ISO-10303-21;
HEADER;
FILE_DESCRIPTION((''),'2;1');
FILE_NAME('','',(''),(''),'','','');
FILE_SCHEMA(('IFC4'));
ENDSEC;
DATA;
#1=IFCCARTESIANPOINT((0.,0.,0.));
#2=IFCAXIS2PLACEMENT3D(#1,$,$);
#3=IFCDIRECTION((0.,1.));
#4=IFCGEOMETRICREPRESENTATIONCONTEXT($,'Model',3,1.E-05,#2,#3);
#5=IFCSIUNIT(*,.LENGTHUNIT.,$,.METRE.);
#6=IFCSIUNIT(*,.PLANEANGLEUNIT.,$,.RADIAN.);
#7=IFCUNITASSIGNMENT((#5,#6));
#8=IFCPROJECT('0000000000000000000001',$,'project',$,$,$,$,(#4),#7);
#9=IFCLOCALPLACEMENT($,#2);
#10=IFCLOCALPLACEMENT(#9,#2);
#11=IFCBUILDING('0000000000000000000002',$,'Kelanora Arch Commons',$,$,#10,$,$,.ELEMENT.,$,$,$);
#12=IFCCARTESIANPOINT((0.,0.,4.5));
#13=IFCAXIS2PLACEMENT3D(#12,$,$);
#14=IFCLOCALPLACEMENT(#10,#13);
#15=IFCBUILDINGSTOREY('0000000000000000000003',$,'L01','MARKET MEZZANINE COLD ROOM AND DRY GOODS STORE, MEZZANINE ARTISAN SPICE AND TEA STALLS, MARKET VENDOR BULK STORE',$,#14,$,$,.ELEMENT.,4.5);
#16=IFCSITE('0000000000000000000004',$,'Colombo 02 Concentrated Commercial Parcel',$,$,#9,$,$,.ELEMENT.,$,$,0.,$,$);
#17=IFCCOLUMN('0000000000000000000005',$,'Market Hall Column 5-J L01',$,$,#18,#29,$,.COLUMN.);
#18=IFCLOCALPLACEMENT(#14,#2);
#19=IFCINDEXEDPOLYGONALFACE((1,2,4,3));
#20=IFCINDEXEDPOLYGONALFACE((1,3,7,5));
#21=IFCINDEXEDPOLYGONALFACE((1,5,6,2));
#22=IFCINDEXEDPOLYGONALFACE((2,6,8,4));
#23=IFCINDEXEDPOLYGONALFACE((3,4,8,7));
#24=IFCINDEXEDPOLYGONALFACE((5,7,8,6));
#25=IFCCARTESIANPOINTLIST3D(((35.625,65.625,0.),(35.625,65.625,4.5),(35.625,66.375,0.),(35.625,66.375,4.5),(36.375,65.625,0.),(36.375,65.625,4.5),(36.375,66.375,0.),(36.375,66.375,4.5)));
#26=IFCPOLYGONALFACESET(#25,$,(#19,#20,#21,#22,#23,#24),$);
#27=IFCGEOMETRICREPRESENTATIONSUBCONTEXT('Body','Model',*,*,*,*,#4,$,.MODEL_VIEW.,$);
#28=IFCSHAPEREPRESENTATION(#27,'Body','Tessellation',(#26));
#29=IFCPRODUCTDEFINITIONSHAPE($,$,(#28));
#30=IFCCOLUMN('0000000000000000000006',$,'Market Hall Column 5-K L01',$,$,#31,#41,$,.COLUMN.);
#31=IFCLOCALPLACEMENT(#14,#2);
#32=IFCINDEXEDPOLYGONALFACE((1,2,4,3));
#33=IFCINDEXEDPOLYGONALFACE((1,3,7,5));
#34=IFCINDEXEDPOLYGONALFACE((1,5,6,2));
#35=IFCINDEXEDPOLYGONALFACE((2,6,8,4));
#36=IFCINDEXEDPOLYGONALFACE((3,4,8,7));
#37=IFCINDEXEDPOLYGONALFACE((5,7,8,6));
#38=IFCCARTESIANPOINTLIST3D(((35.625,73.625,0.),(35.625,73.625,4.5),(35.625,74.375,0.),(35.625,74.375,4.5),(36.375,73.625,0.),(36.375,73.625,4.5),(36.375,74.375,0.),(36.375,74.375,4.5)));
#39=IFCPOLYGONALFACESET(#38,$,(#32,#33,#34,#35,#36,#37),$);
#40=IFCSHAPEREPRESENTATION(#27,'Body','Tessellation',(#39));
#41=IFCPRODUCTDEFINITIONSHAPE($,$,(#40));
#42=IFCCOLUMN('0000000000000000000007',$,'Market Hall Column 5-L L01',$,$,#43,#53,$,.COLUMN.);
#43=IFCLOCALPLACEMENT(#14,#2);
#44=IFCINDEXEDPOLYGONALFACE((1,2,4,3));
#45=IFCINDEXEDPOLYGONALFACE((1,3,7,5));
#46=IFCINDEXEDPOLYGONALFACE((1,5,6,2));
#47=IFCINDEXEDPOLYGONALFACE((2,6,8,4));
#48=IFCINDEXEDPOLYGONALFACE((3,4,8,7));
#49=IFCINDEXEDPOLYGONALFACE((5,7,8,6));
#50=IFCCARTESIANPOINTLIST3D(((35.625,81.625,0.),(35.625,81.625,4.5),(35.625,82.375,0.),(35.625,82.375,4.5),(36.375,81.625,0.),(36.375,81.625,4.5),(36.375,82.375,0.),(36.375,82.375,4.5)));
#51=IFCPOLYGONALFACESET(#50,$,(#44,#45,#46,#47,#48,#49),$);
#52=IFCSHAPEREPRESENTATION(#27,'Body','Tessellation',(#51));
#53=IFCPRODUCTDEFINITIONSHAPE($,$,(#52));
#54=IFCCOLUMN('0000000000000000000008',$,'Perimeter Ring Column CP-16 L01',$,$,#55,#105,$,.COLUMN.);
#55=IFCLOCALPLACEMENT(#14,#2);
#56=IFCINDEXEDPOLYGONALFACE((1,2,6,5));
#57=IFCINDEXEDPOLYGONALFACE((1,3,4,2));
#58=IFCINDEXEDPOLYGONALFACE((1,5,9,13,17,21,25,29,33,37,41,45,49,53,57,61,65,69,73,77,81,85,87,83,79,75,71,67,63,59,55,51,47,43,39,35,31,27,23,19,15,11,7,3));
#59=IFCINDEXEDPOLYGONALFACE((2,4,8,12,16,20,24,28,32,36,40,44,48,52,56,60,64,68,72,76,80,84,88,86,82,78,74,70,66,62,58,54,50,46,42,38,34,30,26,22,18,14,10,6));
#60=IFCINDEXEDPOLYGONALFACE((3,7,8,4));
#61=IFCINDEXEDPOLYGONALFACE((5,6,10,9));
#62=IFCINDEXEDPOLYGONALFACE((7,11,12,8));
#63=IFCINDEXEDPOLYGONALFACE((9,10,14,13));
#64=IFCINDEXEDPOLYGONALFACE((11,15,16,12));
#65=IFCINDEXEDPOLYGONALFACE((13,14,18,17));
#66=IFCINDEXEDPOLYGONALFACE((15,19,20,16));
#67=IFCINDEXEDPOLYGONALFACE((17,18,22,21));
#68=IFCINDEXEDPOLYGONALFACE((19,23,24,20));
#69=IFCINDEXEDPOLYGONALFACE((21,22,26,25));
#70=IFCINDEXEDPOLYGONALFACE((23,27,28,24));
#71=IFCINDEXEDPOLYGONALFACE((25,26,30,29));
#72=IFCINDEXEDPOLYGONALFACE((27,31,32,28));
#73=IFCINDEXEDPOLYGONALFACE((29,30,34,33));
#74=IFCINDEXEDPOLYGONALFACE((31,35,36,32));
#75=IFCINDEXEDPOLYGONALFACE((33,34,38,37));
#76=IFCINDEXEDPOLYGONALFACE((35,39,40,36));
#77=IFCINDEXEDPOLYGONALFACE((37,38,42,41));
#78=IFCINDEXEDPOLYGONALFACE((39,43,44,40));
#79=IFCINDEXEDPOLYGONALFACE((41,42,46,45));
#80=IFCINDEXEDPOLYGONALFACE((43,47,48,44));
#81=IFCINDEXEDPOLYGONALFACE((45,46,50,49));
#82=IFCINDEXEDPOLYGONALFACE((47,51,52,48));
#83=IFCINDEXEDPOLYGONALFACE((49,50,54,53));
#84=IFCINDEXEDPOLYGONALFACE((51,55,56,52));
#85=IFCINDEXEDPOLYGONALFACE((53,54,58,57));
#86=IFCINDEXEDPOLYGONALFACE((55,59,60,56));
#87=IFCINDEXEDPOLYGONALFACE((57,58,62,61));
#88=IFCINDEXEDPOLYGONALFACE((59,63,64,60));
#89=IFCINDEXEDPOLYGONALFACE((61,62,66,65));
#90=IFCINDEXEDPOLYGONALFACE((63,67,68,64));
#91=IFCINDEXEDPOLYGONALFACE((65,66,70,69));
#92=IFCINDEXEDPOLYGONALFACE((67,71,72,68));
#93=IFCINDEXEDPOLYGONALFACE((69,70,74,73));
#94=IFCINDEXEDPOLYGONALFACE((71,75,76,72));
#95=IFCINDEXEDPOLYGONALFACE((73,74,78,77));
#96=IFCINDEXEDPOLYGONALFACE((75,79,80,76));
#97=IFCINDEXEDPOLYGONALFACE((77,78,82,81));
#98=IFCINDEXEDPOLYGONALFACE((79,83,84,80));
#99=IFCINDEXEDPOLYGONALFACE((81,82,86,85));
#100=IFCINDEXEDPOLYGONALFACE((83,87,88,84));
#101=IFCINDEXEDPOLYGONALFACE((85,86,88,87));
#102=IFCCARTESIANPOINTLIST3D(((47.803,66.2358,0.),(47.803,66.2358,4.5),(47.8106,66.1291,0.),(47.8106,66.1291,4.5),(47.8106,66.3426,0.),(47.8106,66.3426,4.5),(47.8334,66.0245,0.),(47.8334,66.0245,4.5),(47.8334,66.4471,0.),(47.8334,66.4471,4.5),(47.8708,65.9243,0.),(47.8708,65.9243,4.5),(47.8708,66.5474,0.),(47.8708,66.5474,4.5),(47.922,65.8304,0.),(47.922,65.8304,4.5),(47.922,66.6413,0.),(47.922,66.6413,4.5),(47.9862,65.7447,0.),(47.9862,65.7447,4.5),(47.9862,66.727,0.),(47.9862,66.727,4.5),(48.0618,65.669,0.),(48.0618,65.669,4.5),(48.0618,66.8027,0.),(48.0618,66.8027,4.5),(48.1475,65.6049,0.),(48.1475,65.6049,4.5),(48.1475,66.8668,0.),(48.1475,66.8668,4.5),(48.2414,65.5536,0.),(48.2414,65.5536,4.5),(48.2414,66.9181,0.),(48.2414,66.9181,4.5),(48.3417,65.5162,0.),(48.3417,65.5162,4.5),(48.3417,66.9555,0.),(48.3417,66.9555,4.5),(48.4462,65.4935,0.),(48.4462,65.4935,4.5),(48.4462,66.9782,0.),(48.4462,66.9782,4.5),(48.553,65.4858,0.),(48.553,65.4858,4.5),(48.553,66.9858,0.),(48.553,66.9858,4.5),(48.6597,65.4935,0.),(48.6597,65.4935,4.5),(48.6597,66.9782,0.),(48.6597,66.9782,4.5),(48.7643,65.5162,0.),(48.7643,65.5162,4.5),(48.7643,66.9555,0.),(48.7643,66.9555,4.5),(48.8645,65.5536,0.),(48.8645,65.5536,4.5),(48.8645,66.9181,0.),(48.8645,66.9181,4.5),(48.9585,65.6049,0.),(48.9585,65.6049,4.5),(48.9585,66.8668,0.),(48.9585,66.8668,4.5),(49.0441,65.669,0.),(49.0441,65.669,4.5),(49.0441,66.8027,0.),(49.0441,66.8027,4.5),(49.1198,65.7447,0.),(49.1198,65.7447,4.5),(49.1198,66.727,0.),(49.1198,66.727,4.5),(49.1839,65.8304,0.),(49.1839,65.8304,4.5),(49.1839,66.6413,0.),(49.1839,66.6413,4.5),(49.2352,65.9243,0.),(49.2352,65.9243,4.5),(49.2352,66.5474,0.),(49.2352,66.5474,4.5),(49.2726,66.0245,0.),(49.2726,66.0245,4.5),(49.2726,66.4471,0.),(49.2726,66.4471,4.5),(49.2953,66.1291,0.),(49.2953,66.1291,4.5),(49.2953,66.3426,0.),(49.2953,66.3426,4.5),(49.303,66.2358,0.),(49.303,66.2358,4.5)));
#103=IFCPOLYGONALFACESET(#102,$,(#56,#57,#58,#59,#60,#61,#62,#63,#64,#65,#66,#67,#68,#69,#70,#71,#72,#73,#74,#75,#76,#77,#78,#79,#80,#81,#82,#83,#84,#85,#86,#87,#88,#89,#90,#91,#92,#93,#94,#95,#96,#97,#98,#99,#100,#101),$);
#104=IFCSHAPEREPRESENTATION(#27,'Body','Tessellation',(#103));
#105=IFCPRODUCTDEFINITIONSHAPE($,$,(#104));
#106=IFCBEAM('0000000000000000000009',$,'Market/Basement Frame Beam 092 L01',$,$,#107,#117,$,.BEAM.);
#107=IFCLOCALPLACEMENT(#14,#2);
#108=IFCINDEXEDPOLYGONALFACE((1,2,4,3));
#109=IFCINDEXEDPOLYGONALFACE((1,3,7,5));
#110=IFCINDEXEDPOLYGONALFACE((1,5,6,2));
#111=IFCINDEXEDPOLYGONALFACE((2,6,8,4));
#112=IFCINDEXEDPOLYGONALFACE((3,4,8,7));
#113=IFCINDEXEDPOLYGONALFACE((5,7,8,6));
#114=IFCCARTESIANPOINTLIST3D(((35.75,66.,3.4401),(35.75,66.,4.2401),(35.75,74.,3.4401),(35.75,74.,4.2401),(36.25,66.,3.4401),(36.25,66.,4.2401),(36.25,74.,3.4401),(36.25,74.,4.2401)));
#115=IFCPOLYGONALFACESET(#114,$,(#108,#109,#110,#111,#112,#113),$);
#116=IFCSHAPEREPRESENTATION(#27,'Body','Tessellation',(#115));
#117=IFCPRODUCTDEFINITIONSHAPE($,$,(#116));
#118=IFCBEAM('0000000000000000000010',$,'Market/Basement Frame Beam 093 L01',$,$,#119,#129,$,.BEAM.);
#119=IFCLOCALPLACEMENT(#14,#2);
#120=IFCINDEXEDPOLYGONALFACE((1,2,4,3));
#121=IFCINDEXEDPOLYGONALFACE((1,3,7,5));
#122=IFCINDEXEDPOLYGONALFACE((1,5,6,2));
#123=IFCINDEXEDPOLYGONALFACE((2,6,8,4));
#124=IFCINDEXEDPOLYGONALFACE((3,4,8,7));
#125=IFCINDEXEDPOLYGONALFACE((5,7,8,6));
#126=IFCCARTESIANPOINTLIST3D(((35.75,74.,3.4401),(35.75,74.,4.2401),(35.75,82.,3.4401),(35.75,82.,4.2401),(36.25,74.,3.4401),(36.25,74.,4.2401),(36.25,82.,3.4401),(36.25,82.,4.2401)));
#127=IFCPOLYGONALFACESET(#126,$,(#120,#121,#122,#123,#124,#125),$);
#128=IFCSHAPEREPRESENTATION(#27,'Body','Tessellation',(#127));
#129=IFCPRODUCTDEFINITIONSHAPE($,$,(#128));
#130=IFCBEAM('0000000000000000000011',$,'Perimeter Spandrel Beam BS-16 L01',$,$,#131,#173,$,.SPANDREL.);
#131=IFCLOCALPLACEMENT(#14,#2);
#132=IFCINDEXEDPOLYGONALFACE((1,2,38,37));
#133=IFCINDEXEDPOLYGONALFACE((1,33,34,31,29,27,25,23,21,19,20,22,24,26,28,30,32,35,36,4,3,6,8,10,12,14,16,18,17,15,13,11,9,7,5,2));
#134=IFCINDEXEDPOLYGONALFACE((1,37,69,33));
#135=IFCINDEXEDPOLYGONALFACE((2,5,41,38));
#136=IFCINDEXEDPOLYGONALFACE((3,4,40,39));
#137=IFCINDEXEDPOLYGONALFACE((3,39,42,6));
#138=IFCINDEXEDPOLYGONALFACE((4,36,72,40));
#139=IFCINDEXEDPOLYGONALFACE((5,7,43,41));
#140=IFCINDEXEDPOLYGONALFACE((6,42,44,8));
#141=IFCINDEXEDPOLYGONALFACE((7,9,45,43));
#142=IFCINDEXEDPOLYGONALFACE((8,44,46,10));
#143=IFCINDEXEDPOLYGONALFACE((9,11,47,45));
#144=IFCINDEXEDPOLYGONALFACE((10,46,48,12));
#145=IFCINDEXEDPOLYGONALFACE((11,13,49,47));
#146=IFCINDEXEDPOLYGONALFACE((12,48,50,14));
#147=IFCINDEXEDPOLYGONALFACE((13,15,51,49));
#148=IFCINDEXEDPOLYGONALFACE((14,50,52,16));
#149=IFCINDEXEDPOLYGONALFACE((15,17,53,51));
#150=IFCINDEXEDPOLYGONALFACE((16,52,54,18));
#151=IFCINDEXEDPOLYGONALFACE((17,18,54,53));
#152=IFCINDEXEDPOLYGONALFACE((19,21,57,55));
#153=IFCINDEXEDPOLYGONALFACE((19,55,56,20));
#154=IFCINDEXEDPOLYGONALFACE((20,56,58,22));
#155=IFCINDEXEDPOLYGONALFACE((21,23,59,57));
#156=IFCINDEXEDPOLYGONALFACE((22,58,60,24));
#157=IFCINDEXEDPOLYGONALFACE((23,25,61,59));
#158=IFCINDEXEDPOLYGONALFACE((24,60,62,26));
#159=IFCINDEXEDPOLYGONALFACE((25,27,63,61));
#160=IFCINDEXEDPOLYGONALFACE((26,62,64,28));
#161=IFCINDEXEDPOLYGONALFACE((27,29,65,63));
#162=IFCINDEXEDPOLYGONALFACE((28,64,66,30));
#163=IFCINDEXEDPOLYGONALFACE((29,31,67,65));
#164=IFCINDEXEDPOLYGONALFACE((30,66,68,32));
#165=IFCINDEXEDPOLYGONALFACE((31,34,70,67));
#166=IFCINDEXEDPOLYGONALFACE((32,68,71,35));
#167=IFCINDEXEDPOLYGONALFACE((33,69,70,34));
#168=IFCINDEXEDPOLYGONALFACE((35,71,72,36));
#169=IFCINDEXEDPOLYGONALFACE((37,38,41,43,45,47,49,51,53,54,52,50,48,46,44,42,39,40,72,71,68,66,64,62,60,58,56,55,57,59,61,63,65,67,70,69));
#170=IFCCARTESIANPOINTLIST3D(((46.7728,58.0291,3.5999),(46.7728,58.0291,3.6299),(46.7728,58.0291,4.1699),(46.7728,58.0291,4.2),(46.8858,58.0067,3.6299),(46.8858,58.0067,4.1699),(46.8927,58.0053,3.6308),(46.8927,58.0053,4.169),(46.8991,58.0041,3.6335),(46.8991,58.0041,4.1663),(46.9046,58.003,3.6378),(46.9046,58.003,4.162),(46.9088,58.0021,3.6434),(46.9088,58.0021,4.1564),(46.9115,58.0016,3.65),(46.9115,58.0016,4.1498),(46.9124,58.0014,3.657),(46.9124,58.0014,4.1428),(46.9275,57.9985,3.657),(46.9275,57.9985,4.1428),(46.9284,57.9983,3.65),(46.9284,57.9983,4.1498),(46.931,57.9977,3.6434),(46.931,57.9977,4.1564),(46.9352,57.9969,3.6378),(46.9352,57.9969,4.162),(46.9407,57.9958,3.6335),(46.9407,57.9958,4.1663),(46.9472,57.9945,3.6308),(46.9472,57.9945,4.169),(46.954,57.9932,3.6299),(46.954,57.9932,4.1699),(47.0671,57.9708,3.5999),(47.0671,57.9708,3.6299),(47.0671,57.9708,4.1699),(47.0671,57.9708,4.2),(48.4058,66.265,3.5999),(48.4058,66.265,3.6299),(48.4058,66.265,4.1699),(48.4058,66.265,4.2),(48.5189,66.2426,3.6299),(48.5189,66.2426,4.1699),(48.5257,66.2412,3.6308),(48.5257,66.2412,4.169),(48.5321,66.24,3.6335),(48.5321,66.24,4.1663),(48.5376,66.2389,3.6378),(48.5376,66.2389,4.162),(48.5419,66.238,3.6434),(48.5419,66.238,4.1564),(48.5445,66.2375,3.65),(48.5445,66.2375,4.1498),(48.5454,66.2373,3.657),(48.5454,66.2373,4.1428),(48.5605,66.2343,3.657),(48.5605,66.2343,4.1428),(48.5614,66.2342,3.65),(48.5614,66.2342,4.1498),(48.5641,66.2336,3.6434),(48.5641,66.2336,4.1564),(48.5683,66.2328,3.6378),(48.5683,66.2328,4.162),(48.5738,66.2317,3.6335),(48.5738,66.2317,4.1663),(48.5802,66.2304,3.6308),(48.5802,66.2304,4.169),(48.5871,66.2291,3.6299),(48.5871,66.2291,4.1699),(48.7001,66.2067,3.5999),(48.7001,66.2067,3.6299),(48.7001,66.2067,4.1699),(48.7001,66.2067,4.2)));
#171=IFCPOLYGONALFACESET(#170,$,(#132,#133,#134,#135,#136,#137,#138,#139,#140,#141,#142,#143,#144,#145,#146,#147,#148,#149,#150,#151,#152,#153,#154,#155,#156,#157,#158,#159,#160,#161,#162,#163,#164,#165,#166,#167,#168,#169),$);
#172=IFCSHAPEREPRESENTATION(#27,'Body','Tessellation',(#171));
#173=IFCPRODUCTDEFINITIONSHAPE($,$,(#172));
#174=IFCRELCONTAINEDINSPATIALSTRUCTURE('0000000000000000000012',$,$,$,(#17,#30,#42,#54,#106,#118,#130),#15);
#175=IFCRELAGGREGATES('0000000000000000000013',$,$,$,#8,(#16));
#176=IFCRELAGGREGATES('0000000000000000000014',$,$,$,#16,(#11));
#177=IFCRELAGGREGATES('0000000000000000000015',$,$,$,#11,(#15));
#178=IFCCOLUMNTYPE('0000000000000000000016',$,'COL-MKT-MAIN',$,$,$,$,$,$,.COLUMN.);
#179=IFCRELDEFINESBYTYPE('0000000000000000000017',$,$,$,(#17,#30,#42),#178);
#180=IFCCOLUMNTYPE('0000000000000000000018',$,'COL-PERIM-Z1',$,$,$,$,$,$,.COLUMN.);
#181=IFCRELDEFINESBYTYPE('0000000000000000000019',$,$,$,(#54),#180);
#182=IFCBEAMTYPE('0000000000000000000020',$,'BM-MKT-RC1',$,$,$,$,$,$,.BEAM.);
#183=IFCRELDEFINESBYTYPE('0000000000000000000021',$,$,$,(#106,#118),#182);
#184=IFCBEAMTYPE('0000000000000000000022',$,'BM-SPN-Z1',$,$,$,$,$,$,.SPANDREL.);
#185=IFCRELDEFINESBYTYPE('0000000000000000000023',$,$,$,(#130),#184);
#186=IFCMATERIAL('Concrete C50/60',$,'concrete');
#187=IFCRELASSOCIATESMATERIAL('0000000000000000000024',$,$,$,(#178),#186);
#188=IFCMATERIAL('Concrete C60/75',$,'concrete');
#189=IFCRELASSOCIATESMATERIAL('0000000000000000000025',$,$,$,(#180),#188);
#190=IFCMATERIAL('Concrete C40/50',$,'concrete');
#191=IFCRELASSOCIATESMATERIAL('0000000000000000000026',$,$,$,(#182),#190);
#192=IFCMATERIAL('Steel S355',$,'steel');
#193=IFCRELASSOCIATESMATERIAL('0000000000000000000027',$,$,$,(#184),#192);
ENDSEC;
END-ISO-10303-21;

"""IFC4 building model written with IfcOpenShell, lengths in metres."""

from ifc_helpers import new_model, si_unit, direction, frame, origin, origin_2d, place, context, subcontext, project, spatial, rectangle, circle, i_section, extrude, material, material_profile, profile_set, type_object, element, save


model = new_model("IFC4")

# Units and contexts
model_context = context("Model", 3, precision=1e-05, world=origin(), true_north=direction((0.0, 1.0)))
body_context = subcontext(model_context, "Body", "Model", "MODEL_VIEW")
ifc_project = project(units=[si_unit("LENGTHUNIT", "METRE"), si_unit("PLANEANGLEUNIT", "RADIAN")], contexts=[model_context])

# Site, building, storey
site_placement = place(None, origin())
site = spatial("IfcSite", under=ifc_project, at=site_placement, Name="Colombo 02 Concentrated Commercial Parcel", CompositionType="ELEMENT", RefElevation=0.0)
building_placement = place(site_placement, origin())
building = spatial("IfcBuilding", under=site, at=building_placement, Name="Kelanora Arch Commons", CompositionType="ELEMENT")
storey_placement = place(building_placement, frame((0.0, 0.0, 4.5)))
storey = spatial("IfcBuildingStorey", under=building, at=storey_placement, Name="L01", Description="MARKET MEZZANINE COLD ROOM AND DRY GOODS STORE, MEZZANINE ARTISAN SPICE AND TEA STALLS, MARKET VENDOR BULK STORE", CompositionType="ELEMENT", Elevation=4.5)

# Columns
ifc_material_1 = material(Name="Concrete C50/60", Category="concrete")
ifc_material_profile_1 = material_profile(ifc_material_1, rectangle(XDim=0.75, YDim=0.75, at=origin_2d()), Name="RC750x750")
ifc_profile_set_1 = profile_set([ifc_material_profile_1], Name="Concrete C50/60")
column_type_1 = type_object("IfcColumnType", Name="COL-MKT-MAIN", PredefinedType="COLUMN", material=ifc_profile_set_1)
for number, where, z_axis, x_axis, name in (
    (1, (36.0, 66.0, 0.0), (0.0, 0.0, 1.0), (1.0, 0.0, 0.0), "Market Hall Column 5-J L01"),
    (2, (36.0, 74.0, 0.0), (0.0, 0.0, 1.0), (1.0, 0.0, 0.0), "Market Hall Column 5-K L01"),
    (3, (36.0, 82.0, 0.0), (0.0, 0.0, 1.0), (1.0, 0.0, 0.0), "Market Hall Column 5-L L01"),
):
    element("IfcColumn", number, at=place(storey_placement, frame(where, z_axis=z_axis, x_axis=x_axis)), inside=storey, type_object=column_type_1, Name=name, PredefinedType="COLUMN", context=body_context, shape_type="SweptSolid", body=[
        extrude(rectangle(XDim=0.75, YDim=0.75, at=origin_2d()), origin(), (0.0, 0.0, 1.0), 4.5),
    ])
ifc_material_2 = material(Name="Concrete C60/75", Category="concrete")
ifc_material_profile_2 = material_profile(ifc_material_2, circle(Radius=0.75, at=origin_2d()), Name="RCC1500")
ifc_profile_set_2 = profile_set([ifc_material_profile_2], Name="Concrete C60/75")
column_type_2 = type_object("IfcColumnType", Name="COL-PERIM-Z1", PredefinedType="COLUMN", material=ifc_profile_set_2)
column_placement = place(storey_placement, frame((48.553, 66.2358, 0.0), z_axis=(0.0, 0.0, 1.0), x_axis=(1.0, 0.0, 0.0)))
element("IfcColumn", 4, at=column_placement, inside=storey, type_object=column_type_2, Name="Perimeter Ring Column CP-16 L01", PredefinedType="COLUMN", context=body_context, shape_type="SweptSolid", body=[
    extrude(circle(Radius=0.75, at=origin_2d()), origin(), (0.0, 0.0, 1.0), 4.5),
])

# Beams
ifc_material_3 = material(Name="Concrete C40/50", Category="concrete")
ifc_material_profile_3 = material_profile(ifc_material_3, rectangle(XDim=0.5, YDim=0.8, at=origin_2d()), Name="RCB500x800")
ifc_profile_set_3 = profile_set([ifc_material_profile_3], Name="Concrete C40/50")
beam_type_1 = type_object("IfcBeamType", Name="BM-MKT-RC1", PredefinedType="BEAM", material=ifc_profile_set_3)
for number, where, z_axis, x_axis, name in (
    (5, (36.0, 66.0, 3.8401), (0.0, 1.0, 0.0), (-1.0, 0.0, 0.0), "Market/Basement Frame Beam 092 L01"),
    (6, (36.0, 74.0, 3.8401), (0.0, 1.0, 0.0), (-1.0, 0.0, 0.0), "Market/Basement Frame Beam 093 L01"),
):
    element("IfcBeam", number, at=place(storey_placement, frame(where, z_axis=z_axis, x_axis=x_axis)), inside=storey, type_object=beam_type_1, Name=name, PredefinedType="BEAM", context=body_context, shape_type="SweptSolid", body=[
        extrude(rectangle(XDim=0.5, YDim=0.8, at=origin_2d()), origin(), (0.0, 0.0, 1.0), 8.0),
    ])
ifc_material_4 = material(Name="Steel S355", Category="steel")
ifc_material_profile_4 = material_profile(ifc_material_4, i_section(OverallWidth=0.3, OverallDepth=0.6001, WebThickness=0.0154, FlangeThickness=0.03, FilletRadius=0.0271, at=origin_2d()), Name="HEB600")
ifc_profile_set_4 = profile_set([ifc_material_profile_4], Name="Steel S355")
beam_type_2 = type_object("IfcBeamType", Name="BM-SPN-Z1", PredefinedType="SPANDREL", material=ifc_profile_set_4)
beam_placement = place(storey_placement, frame((48.553, 66.2358, 3.8999), z_axis=(-0.1945, -0.980903, 0.0), x_axis=(0.980903, -0.1945, 0.0)))
element("IfcBeam", 7, at=beam_placement, inside=storey, type_object=beam_type_2, Name="Perimeter Spandrel Beam BS-16 L01", PredefinedType="SPANDREL", context=body_context, shape_type="SweptSolid", body=[
    extrude(i_section(OverallWidth=0.3, OverallDepth=0.6001, WebThickness=0.0154, FlangeThickness=0.03, FilletRadius=0.0271, at=origin_2d()), origin(), (0.0, 0.0, 1.0), 8.3962),
])

save(model, "model.ifc")
